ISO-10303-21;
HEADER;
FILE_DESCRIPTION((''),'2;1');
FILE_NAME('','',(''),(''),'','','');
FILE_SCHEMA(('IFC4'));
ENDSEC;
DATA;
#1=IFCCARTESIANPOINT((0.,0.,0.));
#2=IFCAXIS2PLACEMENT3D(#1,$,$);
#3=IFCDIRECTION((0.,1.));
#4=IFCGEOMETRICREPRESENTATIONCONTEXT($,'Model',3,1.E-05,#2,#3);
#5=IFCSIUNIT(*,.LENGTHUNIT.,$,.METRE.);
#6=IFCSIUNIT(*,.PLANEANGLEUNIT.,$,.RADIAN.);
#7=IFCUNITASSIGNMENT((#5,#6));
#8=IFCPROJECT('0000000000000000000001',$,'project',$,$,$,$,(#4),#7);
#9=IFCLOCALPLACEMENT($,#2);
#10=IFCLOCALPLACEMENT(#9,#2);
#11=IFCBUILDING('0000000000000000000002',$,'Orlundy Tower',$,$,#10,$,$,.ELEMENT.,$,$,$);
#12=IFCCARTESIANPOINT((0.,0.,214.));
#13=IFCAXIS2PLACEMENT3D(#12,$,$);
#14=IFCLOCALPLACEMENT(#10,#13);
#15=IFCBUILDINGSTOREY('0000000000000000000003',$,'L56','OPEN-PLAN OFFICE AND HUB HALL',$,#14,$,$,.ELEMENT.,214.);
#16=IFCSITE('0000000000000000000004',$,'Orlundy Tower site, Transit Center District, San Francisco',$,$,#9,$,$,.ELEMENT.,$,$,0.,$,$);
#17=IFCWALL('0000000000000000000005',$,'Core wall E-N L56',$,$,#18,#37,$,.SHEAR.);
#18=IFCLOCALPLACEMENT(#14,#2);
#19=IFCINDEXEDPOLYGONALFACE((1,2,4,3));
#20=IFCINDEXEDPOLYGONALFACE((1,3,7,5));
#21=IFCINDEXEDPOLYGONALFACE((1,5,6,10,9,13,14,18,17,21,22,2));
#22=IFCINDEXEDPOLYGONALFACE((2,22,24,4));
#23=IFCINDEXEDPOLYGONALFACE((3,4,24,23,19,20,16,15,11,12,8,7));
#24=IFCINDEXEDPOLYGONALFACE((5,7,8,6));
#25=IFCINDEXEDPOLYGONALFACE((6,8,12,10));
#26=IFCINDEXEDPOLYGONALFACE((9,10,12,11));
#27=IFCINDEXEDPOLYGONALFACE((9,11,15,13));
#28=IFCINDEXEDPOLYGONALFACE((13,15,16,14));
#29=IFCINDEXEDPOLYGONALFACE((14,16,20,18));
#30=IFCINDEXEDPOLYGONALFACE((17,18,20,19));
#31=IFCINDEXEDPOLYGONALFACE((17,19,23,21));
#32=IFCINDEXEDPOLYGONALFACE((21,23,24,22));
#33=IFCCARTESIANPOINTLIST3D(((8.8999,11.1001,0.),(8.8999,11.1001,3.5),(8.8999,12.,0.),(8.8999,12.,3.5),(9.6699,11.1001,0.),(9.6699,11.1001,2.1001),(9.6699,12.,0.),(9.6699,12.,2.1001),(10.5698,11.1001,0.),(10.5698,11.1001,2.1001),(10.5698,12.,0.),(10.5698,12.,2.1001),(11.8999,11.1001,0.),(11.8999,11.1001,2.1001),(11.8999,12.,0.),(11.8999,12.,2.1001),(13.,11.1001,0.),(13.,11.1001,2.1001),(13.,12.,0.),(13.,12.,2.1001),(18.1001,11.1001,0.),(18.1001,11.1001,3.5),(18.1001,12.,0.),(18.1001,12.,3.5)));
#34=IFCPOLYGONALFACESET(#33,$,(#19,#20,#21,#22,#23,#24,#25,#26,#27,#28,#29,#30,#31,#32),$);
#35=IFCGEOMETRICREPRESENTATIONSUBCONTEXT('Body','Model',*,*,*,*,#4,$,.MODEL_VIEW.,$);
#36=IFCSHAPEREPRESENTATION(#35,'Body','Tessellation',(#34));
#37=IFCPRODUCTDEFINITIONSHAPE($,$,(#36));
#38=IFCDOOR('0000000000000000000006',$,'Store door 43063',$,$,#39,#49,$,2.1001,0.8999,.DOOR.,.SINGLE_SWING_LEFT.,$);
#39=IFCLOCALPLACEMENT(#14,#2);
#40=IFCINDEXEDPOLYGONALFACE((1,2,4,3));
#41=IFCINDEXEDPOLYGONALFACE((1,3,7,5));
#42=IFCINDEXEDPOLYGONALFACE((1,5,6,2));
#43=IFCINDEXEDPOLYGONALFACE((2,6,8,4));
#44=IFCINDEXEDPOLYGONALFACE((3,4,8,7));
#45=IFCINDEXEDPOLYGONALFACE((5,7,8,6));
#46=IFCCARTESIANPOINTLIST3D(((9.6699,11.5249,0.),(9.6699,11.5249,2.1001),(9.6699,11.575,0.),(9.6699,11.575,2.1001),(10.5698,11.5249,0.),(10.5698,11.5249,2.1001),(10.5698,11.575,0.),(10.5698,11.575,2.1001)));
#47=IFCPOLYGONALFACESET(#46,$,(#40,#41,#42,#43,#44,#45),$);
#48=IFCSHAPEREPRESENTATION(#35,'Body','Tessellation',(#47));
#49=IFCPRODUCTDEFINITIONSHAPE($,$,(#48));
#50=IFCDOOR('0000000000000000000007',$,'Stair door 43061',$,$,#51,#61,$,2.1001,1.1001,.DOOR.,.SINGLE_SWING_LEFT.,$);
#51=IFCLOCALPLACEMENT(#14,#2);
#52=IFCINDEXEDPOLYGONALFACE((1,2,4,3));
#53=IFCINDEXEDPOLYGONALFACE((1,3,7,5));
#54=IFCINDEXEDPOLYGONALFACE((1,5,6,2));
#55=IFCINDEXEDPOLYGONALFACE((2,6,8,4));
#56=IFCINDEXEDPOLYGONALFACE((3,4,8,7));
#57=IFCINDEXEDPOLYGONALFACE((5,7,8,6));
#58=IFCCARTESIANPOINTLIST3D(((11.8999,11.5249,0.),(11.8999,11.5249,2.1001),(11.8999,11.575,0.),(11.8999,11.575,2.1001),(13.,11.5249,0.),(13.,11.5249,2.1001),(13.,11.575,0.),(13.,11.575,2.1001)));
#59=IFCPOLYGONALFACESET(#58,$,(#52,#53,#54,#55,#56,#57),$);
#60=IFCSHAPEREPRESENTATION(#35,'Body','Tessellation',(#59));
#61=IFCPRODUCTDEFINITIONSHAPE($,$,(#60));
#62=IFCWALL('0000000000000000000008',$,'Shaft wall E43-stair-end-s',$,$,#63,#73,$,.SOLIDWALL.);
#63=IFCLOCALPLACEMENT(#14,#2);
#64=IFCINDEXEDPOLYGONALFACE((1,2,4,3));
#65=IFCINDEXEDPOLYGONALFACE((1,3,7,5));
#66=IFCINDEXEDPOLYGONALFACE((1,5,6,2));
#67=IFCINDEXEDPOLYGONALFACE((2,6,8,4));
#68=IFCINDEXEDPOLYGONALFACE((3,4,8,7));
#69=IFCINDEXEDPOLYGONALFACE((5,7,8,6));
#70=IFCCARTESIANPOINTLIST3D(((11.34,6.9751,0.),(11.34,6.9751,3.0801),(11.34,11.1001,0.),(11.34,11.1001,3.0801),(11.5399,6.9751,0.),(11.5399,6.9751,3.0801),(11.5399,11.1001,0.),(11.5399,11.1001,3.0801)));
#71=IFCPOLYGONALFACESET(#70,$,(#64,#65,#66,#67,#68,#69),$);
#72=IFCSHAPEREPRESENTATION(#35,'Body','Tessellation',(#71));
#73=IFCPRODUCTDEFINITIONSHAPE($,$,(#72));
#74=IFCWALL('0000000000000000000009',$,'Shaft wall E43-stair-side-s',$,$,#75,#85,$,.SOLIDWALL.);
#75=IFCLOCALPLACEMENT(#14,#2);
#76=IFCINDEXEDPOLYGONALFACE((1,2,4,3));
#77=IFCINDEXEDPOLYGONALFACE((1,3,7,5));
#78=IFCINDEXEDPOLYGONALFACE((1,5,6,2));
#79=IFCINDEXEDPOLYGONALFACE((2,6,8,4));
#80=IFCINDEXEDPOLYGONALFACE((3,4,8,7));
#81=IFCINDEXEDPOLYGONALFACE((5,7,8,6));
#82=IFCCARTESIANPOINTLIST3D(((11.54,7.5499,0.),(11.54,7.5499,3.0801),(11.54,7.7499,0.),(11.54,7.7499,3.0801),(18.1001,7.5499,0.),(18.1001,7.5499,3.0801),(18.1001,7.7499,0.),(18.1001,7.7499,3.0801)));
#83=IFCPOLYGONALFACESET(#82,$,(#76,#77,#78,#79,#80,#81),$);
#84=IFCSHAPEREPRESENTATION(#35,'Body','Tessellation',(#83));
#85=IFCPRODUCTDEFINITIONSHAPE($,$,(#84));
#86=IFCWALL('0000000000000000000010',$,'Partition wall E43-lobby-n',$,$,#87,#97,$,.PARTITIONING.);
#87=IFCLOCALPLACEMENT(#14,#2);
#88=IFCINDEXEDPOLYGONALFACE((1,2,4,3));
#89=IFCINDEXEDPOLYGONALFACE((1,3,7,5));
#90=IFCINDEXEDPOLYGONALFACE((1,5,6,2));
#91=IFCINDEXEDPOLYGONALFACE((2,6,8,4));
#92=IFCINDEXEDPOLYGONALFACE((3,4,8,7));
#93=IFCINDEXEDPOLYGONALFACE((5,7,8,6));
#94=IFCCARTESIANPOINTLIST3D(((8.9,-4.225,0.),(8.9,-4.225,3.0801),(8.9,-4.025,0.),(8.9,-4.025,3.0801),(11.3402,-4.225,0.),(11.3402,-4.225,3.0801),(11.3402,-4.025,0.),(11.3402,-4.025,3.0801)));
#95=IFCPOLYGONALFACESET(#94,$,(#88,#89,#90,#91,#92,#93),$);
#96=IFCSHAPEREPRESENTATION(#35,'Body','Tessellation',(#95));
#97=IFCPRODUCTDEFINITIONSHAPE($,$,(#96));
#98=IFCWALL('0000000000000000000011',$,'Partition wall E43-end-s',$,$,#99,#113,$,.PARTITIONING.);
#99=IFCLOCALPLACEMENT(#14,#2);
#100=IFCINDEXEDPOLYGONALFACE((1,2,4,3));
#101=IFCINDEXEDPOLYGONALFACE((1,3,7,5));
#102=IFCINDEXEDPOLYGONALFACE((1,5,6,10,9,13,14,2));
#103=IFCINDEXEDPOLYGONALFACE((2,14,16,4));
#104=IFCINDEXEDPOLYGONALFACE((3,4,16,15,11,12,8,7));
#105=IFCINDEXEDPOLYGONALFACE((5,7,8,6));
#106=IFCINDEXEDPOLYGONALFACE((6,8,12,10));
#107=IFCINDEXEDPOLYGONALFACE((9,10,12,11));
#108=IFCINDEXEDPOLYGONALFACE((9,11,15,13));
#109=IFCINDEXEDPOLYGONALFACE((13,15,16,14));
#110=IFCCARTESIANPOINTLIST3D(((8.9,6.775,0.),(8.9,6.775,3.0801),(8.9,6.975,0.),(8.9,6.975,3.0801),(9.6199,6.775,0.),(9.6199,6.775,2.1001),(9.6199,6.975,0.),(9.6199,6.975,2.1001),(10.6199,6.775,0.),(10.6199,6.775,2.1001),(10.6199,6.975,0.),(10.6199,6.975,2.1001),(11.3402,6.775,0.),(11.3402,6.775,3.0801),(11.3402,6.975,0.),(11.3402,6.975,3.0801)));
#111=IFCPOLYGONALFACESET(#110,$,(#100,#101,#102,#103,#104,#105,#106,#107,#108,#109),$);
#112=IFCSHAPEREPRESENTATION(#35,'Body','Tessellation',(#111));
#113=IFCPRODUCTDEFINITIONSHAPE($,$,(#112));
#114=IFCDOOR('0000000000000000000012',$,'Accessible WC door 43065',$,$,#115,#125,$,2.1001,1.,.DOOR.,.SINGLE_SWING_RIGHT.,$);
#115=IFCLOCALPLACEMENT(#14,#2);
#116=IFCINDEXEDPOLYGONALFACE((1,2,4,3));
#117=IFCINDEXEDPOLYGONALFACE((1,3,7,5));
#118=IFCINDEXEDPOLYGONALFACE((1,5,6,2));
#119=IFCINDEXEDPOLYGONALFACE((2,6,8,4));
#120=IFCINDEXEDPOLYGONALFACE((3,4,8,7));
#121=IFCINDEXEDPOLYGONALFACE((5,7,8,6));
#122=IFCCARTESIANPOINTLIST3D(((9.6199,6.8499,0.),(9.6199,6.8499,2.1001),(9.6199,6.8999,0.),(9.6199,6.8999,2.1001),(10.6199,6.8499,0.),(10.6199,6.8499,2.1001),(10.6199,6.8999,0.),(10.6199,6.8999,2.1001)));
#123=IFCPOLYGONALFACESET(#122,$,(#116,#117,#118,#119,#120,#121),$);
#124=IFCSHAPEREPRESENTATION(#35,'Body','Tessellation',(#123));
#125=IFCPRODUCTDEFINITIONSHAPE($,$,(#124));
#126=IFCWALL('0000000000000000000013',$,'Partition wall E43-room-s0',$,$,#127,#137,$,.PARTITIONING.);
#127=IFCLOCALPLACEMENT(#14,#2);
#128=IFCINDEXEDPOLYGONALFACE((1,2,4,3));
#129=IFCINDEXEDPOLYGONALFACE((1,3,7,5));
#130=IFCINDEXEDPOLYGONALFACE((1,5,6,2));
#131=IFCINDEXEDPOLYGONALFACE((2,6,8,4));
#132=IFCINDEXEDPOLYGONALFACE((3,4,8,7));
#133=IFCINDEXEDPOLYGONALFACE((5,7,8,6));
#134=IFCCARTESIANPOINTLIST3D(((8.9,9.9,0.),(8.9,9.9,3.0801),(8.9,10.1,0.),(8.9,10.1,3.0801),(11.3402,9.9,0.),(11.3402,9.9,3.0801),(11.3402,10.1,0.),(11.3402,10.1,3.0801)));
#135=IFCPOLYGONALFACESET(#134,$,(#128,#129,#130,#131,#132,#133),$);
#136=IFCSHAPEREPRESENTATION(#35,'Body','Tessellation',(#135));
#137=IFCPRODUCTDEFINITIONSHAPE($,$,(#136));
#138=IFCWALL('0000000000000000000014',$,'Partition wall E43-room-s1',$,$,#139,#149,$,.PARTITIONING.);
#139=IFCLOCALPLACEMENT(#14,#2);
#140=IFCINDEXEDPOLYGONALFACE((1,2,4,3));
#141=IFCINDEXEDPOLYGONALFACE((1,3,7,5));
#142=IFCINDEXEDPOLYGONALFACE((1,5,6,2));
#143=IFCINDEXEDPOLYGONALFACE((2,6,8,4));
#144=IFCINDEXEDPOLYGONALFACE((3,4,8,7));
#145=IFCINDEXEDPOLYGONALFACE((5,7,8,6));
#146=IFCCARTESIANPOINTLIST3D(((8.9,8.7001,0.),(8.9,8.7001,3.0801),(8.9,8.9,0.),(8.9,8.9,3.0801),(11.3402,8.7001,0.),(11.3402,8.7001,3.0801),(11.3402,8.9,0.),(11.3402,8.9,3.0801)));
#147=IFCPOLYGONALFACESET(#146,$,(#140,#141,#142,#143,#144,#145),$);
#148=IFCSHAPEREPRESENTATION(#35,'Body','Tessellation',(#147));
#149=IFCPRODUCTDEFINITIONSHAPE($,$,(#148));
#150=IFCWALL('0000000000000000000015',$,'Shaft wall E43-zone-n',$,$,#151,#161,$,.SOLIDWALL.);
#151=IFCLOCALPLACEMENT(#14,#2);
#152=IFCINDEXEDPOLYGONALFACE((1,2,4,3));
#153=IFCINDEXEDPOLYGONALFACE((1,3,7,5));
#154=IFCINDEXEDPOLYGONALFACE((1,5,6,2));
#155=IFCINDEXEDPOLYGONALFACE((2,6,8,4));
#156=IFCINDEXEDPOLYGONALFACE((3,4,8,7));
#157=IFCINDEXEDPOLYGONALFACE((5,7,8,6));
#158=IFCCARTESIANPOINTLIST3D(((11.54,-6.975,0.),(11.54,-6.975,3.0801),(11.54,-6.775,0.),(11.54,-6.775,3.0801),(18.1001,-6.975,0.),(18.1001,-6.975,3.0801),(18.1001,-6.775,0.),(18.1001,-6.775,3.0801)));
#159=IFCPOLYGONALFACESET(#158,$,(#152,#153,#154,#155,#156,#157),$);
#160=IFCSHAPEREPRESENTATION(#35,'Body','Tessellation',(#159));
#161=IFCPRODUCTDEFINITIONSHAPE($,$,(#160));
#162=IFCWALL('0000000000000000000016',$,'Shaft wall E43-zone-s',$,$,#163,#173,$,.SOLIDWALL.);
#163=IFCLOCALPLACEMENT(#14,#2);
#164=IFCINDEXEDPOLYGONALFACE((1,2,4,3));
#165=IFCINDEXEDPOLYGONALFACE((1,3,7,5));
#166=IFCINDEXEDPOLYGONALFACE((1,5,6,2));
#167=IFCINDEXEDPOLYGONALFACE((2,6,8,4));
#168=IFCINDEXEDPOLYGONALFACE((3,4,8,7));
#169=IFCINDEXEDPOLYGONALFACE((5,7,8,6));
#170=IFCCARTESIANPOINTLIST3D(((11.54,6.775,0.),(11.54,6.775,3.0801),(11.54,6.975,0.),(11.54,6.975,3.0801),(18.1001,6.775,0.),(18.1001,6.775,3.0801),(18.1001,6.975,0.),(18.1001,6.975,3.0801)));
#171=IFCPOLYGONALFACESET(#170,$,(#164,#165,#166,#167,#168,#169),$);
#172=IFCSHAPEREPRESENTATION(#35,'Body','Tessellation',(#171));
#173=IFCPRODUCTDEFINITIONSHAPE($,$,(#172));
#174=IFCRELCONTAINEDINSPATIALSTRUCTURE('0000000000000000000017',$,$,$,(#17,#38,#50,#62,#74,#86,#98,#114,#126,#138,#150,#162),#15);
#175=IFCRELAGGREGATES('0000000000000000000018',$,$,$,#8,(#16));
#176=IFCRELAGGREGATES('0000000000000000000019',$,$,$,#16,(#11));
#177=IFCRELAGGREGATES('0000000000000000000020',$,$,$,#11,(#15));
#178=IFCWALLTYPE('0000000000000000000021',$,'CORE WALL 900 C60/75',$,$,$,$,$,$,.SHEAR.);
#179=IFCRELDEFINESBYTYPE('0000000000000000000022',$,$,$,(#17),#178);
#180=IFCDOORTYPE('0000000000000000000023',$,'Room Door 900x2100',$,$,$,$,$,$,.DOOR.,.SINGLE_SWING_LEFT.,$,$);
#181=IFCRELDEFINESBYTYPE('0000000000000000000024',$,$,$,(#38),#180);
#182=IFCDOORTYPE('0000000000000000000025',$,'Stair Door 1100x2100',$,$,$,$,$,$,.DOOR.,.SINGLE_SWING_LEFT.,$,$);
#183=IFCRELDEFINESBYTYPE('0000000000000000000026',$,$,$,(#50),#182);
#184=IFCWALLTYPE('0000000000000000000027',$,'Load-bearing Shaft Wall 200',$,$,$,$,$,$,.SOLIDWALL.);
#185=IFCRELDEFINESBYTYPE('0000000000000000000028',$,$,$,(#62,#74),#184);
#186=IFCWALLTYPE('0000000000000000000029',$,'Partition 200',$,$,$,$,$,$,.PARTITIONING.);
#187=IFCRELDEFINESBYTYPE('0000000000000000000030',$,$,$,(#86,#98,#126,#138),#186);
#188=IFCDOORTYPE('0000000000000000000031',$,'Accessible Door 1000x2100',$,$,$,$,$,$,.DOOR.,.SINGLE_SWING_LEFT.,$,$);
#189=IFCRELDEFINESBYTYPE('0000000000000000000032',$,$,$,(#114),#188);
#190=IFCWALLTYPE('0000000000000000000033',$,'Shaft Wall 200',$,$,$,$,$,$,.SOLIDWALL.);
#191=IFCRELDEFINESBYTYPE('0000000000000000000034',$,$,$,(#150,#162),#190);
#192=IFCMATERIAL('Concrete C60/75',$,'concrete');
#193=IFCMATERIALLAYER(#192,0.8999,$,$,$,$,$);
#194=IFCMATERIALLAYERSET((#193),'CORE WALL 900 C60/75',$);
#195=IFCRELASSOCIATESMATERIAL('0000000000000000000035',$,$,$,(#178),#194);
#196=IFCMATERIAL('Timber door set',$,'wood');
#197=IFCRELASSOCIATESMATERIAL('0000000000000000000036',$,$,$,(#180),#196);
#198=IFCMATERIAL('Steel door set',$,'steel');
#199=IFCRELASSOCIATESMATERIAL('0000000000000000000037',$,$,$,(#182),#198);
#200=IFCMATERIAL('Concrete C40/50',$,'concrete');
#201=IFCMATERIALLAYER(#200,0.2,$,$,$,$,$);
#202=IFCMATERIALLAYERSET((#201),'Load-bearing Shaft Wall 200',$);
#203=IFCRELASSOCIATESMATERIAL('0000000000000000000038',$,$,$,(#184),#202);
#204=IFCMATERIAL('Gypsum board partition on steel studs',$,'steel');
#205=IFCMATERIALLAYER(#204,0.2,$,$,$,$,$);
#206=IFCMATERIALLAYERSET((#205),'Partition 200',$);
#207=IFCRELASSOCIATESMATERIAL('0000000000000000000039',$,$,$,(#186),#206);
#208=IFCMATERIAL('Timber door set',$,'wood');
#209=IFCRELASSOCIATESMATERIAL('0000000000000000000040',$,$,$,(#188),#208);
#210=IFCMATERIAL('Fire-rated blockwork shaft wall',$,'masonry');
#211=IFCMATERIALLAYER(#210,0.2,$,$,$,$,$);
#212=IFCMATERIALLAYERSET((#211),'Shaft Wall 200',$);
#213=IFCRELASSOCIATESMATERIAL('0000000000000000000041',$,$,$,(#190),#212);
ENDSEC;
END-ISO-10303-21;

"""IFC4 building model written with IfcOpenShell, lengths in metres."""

from ifc_helpers import new_model, si_unit, direction, frame, frame_2d, origin, place, context, subcontext, project, spatial, rectangle, extrude, material, layer, layer_set, type_object, element, fill, save


model = new_model("IFC4")

# Units and contexts
model_context = context("Model", 3, precision=1e-05, world=origin(), true_north=direction((0.0, 1.0)))
body_context = subcontext(model_context, "Body", "Model", "MODEL_VIEW")
ifc_project = project(units=[si_unit("LENGTHUNIT", "METRE"), si_unit("PLANEANGLEUNIT", "RADIAN")], contexts=[model_context])

# Site, building, storey
site_placement = place(None, origin())
site = spatial("IfcSite", under=ifc_project, at=site_placement, Name="Orlundy Tower site, Transit Center District, San Francisco", CompositionType="ELEMENT", RefElevation=0.0)
building_placement = place(site_placement, origin())
building = spatial("IfcBuilding", under=site, at=building_placement, Name="Orlundy Tower", CompositionType="ELEMENT")
storey_placement = place(building_placement, frame((0.0, 0.0, 214.0)))
storey = spatial("IfcBuildingStorey", under=building, at=storey_placement, Name="L56", Description="OPEN-PLAN OFFICE AND HUB HALL", CompositionType="ELEMENT", Elevation=214.0)

# Wall, openings, doors
ifc_material_1 = material(Name="Concrete C60/75", Category="concrete")
ifc_layer_1 = layer(ifc_material_1, 0.8999)
ifc_layer_set_1 = layer_set([ifc_layer_1], Name="CORE WALL 900 C60/75")
wall_type_1 = type_object("IfcWallType", Name="CORE WALL 900 C60/75", PredefinedType="SHEAR", material=ifc_layer_set_1)
wall_1_placement = place(storey_placement, frame((8.8999, 11.55, 0.0), z_axis=(0.0, 0.0, 1.0), x_axis=(1.0, 0.0, 0.0)))
wall_1 = element("IfcWall", 1, at=wall_1_placement, inside=storey, type_object=wall_type_1, Name="Core wall E-N L56", PredefinedType="SHEAR", context=body_context, shape_type="SweptSolid", body=[
    extrude(rectangle(XDim=9.2002, YDim=0.8999, at=frame_2d((4.6001, 0.0))), origin(), (0.0, 0.0, 1.0), 3.5),
])
opening_1_placement = place(wall_1_placement, frame((3.0, 0.0, 0.0)))
opening_1 = element("IfcOpeningElement", 2, at=opening_1_placement, cuts=wall_1, PredefinedType="OPENING", context=body_context, shape_type="SweptSolid", body=[
    extrude(rectangle(XDim=1.1001, YDim=2.1001, at=frame_2d((0.55, 1.05))), frame((0.0, 0.46, 0.0), z_axis=(0.0, -1.0, 0.0), x_axis=(1.0, 0.0, 0.0)), (0.0, 0.0, 1.0), 0.9199),
])
opening_2_placement = place(wall_1_placement, frame((0.77, 0.0, 0.0)))
opening_2 = element("IfcOpeningElement", 3, at=opening_2_placement, cuts=wall_1, PredefinedType="OPENING", context=body_context, shape_type="SweptSolid", body=[
    extrude(rectangle(XDim=0.8999, YDim=2.1001, at=frame_2d((0.45, 1.05))), frame((0.0, 0.46, 0.0), z_axis=(0.0, -1.0, 0.0), x_axis=(1.0, 0.0, 0.0)), (0.0, 0.0, 1.0), 0.9199),
])
ifc_material_2 = material(Name="Timber door set", Category="wood")
door_type_1 = type_object("IfcDoorType", Name="Room Door 900x2100", OperationType="SINGLE_SWING_LEFT", PredefinedType="DOOR", material=ifc_material_2)
door_1_placement = place(opening_2_placement, origin())
door_1 = element("IfcDoor", 4, at=door_1_placement, inside=storey, type_object=door_type_1, Name="Store door 43063", OperationType="SINGLE_SWING_LEFT", OverallHeight=2.1001, OverallWidth=0.8999, PredefinedType="DOOR", context=body_context, shape_type="SweptSolid", body=[
    extrude(rectangle(XDim=0.8999, YDim=2.1001, at=frame_2d((0.45, 1.05))), frame((0.0, 0.0249, 0.0), z_axis=(0.0, -1.0, 0.0), x_axis=(1.0, 0.0, 0.0)), (0.0, 0.0, 1.0), 0.05),
])
fill(opening_2, door_1)
ifc_material_3 = material(Name="Steel door set", Category="steel")
door_type_2 = type_object("IfcDoorType", Name="Stair Door 1100x2100", OperationType="SINGLE_SWING_LEFT", PredefinedType="DOOR", material=ifc_material_3)
door_2_placement = place(opening_1_placement, origin())
door_2 = element("IfcDoor", 5, at=door_2_placement, inside=storey, type_object=door_type_2, Name="Stair door 43061", OperationType="SINGLE_SWING_LEFT", OverallHeight=2.1001, OverallWidth=1.1001, PredefinedType="DOOR", context=body_context, shape_type="SweptSolid", body=[
    extrude(rectangle(XDim=1.1001, YDim=2.1001, at=frame_2d((0.55, 1.05))), frame((0.0, 0.0249, 0.0), z_axis=(0.0, -1.0, 0.0), x_axis=(1.0, 0.0, 0.0)), (0.0, 0.0, 1.0), 0.05),
])
fill(opening_1, door_2)

# Walls
ifc_material_4 = material(Name="Concrete C40/50", Category="concrete")
ifc_layer_2 = layer(ifc_material_4, 0.2)
ifc_layer_set_2 = layer_set([ifc_layer_2], Name="Load-bearing Shaft Wall 200")
wall_type_2 = type_object("IfcWallType", Name="Load-bearing Shaft Wall 200", PredefinedType="SOLIDWALL", material=ifc_layer_set_2)
wall_2_placement = place(storey_placement, frame((11.4399, 11.1001, 0.0), z_axis=(0.0, 0.0, 1.0), x_axis=(0.0, -1.0, 0.0)))
element("IfcWall", 6, at=wall_2_placement, inside=storey, type_object=wall_type_2, Name="Shaft wall E43-stair-end-s", PredefinedType="SOLIDWALL", context=body_context, shape_type="SweptSolid", body=[
    extrude(rectangle(XDim=4.125, YDim=0.2, at=frame_2d((2.0625, 0.0))), origin(), (0.0, 0.0, 1.0), 3.0801),
])
wall_3_placement = place(storey_placement, frame((11.54, 7.6499, 0.0), z_axis=(0.0, 0.0, 1.0), x_axis=(1.0, 0.0, 0.0)))
element("IfcWall", 7, at=wall_3_placement, inside=storey, type_object=wall_type_2, Name="Shaft wall E43-stair-side-s", PredefinedType="SOLIDWALL", context=body_context, shape_type="SweptSolid", body=[
    extrude(rectangle(XDim=6.5601, YDim=0.2, at=frame_2d((3.28, 0.0))), origin(), (0.0, 0.0, 1.0), 3.0801),
])
ifc_material_5 = material(Name="Gypsum board partition on steel studs", Category="steel")
ifc_layer_3 = layer(ifc_material_5, 0.2)
ifc_layer_set_3 = layer_set([ifc_layer_3], Name="Partition 200")
wall_type_3 = type_object("IfcWallType", Name="Partition 200", PredefinedType="PARTITIONING", material=ifc_layer_set_3)
wall_4_placement = place(storey_placement, frame((8.8999, -4.125, 0.0), z_axis=(0.0, 0.0, 1.0), x_axis=(1.0, 0.0, 0.0)))
element("IfcWall", 8, at=wall_4_placement, inside=storey, type_object=wall_type_3, Name="Partition wall E43-lobby-n", PredefinedType="PARTITIONING", context=body_context, shape_type="SweptSolid", body=[
    extrude(rectangle(XDim=2.4402, YDim=0.2, at=frame_2d((1.2202, 0.0))), origin(), (0.0, 0.0, 1.0), 3.0801),
])

# Wall, opening, door
wall_5_placement = place(storey_placement, frame((8.8999, 6.875, 0.0), z_axis=(0.0, 0.0, 1.0), x_axis=(1.0, 0.0, 0.0)))
wall_5 = element("IfcWall", 9, at=wall_5_placement, inside=storey, type_object=wall_type_3, Name="Partition wall E43-end-s", PredefinedType="PARTITIONING", context=body_context, shape_type="SweptSolid", body=[
    extrude(rectangle(XDim=2.4402, YDim=0.2, at=frame_2d((1.2202, 0.0))), origin(), (0.0, 0.0, 1.0), 3.0801),
])
opening_3_placement = place(wall_5_placement, frame((0.72, 0.0, 0.0)))
opening_3 = element("IfcOpeningElement", 10, at=opening_3_placement, cuts=wall_5, PredefinedType="OPENING", context=body_context, shape_type="SweptSolid", body=[
    extrude(rectangle(XDim=1.0, YDim=2.1001, at=frame_2d((0.5, 1.05))), frame((0.0, 0.1101, 0.0), z_axis=(0.0, -1.0, 0.0), x_axis=(1.0, 0.0, 0.0)), (0.0, 0.0, 1.0), 0.2202),
])
ifc_material_6 = material(Name="Timber door set", Category="wood")
door_type_3 = type_object("IfcDoorType", Name="Accessible Door 1000x2100", OperationType="SINGLE_SWING_LEFT", PredefinedType="DOOR", material=ifc_material_6)
door_3_placement = place(opening_3_placement, origin())
door_3 = element("IfcDoor", 11, at=door_3_placement, inside=storey, type_object=door_type_3, Name="Accessible WC door 43065", OperationType="SINGLE_SWING_RIGHT", OverallHeight=2.1001, OverallWidth=1.0, PredefinedType="DOOR", context=body_context, shape_type="SweptSolid", body=[
    extrude(rectangle(XDim=1.0, YDim=2.1001, at=frame_2d((0.5, 1.05))), frame((0.0, 0.0249, 0.0), z_axis=(0.0, -1.0, 0.0), x_axis=(1.0, 0.0, 0.0)), (0.0, 0.0, 1.0), 0.05),
])
fill(opening_3, door_3)

# Walls
for number, where, z_axis, x_axis, name in (
    (12, (8.8999, 10.0, 0.0), (0.0, 0.0, 1.0), (1.0, 0.0, 0.0), "Partition wall E43-room-s0"),
    (13, (8.8999, 8.8, 0.0), (0.0, 0.0, 1.0), (1.0, 0.0, 0.0), "Partition wall E43-room-s1"),
):
    element("IfcWall", number, at=place(storey_placement, frame(where, z_axis=z_axis, x_axis=x_axis)), inside=storey, type_object=wall_type_3, Name=name, PredefinedType="PARTITIONING", context=body_context, shape_type="SweptSolid", body=[
        extrude(rectangle(XDim=2.4402, YDim=0.2, at=frame_2d((1.2202, 0.0))), origin(), (0.0, 0.0, 1.0), 3.0801),
    ])
ifc_material_7 = material(Name="Fire-rated blockwork shaft wall", Category="masonry")
ifc_layer_4 = layer(ifc_material_7, 0.2)
ifc_layer_set_4 = layer_set([ifc_layer_4], Name="Shaft Wall 200")
wall_type_4 = type_object("IfcWallType", Name="Shaft Wall 200", PredefinedType="SOLIDWALL", material=ifc_layer_set_4)
for number, where, z_axis, x_axis, name in (
    (14, (11.54, -6.875, 0.0), (0.0, 0.0, 1.0), (1.0, 0.0, 0.0), "Shaft wall E43-zone-n"),
    (15, (11.54, 6.875, 0.0), (0.0, 0.0, 1.0), (1.0, 0.0, 0.0), "Shaft wall E43-zone-s"),
):
    element("IfcWall", number, at=place(storey_placement, frame(where, z_axis=z_axis, x_axis=x_axis)), inside=storey, type_object=wall_type_4, Name=name, PredefinedType="SOLIDWALL", context=body_context, shape_type="SweptSolid", body=[
        extrude(rectangle(XDim=6.5601, YDim=0.2, at=frame_2d((3.28, 0.0))), origin(), (0.0, 0.0, 1.0), 3.0801),
    ])

save(model, "model.ifc")
